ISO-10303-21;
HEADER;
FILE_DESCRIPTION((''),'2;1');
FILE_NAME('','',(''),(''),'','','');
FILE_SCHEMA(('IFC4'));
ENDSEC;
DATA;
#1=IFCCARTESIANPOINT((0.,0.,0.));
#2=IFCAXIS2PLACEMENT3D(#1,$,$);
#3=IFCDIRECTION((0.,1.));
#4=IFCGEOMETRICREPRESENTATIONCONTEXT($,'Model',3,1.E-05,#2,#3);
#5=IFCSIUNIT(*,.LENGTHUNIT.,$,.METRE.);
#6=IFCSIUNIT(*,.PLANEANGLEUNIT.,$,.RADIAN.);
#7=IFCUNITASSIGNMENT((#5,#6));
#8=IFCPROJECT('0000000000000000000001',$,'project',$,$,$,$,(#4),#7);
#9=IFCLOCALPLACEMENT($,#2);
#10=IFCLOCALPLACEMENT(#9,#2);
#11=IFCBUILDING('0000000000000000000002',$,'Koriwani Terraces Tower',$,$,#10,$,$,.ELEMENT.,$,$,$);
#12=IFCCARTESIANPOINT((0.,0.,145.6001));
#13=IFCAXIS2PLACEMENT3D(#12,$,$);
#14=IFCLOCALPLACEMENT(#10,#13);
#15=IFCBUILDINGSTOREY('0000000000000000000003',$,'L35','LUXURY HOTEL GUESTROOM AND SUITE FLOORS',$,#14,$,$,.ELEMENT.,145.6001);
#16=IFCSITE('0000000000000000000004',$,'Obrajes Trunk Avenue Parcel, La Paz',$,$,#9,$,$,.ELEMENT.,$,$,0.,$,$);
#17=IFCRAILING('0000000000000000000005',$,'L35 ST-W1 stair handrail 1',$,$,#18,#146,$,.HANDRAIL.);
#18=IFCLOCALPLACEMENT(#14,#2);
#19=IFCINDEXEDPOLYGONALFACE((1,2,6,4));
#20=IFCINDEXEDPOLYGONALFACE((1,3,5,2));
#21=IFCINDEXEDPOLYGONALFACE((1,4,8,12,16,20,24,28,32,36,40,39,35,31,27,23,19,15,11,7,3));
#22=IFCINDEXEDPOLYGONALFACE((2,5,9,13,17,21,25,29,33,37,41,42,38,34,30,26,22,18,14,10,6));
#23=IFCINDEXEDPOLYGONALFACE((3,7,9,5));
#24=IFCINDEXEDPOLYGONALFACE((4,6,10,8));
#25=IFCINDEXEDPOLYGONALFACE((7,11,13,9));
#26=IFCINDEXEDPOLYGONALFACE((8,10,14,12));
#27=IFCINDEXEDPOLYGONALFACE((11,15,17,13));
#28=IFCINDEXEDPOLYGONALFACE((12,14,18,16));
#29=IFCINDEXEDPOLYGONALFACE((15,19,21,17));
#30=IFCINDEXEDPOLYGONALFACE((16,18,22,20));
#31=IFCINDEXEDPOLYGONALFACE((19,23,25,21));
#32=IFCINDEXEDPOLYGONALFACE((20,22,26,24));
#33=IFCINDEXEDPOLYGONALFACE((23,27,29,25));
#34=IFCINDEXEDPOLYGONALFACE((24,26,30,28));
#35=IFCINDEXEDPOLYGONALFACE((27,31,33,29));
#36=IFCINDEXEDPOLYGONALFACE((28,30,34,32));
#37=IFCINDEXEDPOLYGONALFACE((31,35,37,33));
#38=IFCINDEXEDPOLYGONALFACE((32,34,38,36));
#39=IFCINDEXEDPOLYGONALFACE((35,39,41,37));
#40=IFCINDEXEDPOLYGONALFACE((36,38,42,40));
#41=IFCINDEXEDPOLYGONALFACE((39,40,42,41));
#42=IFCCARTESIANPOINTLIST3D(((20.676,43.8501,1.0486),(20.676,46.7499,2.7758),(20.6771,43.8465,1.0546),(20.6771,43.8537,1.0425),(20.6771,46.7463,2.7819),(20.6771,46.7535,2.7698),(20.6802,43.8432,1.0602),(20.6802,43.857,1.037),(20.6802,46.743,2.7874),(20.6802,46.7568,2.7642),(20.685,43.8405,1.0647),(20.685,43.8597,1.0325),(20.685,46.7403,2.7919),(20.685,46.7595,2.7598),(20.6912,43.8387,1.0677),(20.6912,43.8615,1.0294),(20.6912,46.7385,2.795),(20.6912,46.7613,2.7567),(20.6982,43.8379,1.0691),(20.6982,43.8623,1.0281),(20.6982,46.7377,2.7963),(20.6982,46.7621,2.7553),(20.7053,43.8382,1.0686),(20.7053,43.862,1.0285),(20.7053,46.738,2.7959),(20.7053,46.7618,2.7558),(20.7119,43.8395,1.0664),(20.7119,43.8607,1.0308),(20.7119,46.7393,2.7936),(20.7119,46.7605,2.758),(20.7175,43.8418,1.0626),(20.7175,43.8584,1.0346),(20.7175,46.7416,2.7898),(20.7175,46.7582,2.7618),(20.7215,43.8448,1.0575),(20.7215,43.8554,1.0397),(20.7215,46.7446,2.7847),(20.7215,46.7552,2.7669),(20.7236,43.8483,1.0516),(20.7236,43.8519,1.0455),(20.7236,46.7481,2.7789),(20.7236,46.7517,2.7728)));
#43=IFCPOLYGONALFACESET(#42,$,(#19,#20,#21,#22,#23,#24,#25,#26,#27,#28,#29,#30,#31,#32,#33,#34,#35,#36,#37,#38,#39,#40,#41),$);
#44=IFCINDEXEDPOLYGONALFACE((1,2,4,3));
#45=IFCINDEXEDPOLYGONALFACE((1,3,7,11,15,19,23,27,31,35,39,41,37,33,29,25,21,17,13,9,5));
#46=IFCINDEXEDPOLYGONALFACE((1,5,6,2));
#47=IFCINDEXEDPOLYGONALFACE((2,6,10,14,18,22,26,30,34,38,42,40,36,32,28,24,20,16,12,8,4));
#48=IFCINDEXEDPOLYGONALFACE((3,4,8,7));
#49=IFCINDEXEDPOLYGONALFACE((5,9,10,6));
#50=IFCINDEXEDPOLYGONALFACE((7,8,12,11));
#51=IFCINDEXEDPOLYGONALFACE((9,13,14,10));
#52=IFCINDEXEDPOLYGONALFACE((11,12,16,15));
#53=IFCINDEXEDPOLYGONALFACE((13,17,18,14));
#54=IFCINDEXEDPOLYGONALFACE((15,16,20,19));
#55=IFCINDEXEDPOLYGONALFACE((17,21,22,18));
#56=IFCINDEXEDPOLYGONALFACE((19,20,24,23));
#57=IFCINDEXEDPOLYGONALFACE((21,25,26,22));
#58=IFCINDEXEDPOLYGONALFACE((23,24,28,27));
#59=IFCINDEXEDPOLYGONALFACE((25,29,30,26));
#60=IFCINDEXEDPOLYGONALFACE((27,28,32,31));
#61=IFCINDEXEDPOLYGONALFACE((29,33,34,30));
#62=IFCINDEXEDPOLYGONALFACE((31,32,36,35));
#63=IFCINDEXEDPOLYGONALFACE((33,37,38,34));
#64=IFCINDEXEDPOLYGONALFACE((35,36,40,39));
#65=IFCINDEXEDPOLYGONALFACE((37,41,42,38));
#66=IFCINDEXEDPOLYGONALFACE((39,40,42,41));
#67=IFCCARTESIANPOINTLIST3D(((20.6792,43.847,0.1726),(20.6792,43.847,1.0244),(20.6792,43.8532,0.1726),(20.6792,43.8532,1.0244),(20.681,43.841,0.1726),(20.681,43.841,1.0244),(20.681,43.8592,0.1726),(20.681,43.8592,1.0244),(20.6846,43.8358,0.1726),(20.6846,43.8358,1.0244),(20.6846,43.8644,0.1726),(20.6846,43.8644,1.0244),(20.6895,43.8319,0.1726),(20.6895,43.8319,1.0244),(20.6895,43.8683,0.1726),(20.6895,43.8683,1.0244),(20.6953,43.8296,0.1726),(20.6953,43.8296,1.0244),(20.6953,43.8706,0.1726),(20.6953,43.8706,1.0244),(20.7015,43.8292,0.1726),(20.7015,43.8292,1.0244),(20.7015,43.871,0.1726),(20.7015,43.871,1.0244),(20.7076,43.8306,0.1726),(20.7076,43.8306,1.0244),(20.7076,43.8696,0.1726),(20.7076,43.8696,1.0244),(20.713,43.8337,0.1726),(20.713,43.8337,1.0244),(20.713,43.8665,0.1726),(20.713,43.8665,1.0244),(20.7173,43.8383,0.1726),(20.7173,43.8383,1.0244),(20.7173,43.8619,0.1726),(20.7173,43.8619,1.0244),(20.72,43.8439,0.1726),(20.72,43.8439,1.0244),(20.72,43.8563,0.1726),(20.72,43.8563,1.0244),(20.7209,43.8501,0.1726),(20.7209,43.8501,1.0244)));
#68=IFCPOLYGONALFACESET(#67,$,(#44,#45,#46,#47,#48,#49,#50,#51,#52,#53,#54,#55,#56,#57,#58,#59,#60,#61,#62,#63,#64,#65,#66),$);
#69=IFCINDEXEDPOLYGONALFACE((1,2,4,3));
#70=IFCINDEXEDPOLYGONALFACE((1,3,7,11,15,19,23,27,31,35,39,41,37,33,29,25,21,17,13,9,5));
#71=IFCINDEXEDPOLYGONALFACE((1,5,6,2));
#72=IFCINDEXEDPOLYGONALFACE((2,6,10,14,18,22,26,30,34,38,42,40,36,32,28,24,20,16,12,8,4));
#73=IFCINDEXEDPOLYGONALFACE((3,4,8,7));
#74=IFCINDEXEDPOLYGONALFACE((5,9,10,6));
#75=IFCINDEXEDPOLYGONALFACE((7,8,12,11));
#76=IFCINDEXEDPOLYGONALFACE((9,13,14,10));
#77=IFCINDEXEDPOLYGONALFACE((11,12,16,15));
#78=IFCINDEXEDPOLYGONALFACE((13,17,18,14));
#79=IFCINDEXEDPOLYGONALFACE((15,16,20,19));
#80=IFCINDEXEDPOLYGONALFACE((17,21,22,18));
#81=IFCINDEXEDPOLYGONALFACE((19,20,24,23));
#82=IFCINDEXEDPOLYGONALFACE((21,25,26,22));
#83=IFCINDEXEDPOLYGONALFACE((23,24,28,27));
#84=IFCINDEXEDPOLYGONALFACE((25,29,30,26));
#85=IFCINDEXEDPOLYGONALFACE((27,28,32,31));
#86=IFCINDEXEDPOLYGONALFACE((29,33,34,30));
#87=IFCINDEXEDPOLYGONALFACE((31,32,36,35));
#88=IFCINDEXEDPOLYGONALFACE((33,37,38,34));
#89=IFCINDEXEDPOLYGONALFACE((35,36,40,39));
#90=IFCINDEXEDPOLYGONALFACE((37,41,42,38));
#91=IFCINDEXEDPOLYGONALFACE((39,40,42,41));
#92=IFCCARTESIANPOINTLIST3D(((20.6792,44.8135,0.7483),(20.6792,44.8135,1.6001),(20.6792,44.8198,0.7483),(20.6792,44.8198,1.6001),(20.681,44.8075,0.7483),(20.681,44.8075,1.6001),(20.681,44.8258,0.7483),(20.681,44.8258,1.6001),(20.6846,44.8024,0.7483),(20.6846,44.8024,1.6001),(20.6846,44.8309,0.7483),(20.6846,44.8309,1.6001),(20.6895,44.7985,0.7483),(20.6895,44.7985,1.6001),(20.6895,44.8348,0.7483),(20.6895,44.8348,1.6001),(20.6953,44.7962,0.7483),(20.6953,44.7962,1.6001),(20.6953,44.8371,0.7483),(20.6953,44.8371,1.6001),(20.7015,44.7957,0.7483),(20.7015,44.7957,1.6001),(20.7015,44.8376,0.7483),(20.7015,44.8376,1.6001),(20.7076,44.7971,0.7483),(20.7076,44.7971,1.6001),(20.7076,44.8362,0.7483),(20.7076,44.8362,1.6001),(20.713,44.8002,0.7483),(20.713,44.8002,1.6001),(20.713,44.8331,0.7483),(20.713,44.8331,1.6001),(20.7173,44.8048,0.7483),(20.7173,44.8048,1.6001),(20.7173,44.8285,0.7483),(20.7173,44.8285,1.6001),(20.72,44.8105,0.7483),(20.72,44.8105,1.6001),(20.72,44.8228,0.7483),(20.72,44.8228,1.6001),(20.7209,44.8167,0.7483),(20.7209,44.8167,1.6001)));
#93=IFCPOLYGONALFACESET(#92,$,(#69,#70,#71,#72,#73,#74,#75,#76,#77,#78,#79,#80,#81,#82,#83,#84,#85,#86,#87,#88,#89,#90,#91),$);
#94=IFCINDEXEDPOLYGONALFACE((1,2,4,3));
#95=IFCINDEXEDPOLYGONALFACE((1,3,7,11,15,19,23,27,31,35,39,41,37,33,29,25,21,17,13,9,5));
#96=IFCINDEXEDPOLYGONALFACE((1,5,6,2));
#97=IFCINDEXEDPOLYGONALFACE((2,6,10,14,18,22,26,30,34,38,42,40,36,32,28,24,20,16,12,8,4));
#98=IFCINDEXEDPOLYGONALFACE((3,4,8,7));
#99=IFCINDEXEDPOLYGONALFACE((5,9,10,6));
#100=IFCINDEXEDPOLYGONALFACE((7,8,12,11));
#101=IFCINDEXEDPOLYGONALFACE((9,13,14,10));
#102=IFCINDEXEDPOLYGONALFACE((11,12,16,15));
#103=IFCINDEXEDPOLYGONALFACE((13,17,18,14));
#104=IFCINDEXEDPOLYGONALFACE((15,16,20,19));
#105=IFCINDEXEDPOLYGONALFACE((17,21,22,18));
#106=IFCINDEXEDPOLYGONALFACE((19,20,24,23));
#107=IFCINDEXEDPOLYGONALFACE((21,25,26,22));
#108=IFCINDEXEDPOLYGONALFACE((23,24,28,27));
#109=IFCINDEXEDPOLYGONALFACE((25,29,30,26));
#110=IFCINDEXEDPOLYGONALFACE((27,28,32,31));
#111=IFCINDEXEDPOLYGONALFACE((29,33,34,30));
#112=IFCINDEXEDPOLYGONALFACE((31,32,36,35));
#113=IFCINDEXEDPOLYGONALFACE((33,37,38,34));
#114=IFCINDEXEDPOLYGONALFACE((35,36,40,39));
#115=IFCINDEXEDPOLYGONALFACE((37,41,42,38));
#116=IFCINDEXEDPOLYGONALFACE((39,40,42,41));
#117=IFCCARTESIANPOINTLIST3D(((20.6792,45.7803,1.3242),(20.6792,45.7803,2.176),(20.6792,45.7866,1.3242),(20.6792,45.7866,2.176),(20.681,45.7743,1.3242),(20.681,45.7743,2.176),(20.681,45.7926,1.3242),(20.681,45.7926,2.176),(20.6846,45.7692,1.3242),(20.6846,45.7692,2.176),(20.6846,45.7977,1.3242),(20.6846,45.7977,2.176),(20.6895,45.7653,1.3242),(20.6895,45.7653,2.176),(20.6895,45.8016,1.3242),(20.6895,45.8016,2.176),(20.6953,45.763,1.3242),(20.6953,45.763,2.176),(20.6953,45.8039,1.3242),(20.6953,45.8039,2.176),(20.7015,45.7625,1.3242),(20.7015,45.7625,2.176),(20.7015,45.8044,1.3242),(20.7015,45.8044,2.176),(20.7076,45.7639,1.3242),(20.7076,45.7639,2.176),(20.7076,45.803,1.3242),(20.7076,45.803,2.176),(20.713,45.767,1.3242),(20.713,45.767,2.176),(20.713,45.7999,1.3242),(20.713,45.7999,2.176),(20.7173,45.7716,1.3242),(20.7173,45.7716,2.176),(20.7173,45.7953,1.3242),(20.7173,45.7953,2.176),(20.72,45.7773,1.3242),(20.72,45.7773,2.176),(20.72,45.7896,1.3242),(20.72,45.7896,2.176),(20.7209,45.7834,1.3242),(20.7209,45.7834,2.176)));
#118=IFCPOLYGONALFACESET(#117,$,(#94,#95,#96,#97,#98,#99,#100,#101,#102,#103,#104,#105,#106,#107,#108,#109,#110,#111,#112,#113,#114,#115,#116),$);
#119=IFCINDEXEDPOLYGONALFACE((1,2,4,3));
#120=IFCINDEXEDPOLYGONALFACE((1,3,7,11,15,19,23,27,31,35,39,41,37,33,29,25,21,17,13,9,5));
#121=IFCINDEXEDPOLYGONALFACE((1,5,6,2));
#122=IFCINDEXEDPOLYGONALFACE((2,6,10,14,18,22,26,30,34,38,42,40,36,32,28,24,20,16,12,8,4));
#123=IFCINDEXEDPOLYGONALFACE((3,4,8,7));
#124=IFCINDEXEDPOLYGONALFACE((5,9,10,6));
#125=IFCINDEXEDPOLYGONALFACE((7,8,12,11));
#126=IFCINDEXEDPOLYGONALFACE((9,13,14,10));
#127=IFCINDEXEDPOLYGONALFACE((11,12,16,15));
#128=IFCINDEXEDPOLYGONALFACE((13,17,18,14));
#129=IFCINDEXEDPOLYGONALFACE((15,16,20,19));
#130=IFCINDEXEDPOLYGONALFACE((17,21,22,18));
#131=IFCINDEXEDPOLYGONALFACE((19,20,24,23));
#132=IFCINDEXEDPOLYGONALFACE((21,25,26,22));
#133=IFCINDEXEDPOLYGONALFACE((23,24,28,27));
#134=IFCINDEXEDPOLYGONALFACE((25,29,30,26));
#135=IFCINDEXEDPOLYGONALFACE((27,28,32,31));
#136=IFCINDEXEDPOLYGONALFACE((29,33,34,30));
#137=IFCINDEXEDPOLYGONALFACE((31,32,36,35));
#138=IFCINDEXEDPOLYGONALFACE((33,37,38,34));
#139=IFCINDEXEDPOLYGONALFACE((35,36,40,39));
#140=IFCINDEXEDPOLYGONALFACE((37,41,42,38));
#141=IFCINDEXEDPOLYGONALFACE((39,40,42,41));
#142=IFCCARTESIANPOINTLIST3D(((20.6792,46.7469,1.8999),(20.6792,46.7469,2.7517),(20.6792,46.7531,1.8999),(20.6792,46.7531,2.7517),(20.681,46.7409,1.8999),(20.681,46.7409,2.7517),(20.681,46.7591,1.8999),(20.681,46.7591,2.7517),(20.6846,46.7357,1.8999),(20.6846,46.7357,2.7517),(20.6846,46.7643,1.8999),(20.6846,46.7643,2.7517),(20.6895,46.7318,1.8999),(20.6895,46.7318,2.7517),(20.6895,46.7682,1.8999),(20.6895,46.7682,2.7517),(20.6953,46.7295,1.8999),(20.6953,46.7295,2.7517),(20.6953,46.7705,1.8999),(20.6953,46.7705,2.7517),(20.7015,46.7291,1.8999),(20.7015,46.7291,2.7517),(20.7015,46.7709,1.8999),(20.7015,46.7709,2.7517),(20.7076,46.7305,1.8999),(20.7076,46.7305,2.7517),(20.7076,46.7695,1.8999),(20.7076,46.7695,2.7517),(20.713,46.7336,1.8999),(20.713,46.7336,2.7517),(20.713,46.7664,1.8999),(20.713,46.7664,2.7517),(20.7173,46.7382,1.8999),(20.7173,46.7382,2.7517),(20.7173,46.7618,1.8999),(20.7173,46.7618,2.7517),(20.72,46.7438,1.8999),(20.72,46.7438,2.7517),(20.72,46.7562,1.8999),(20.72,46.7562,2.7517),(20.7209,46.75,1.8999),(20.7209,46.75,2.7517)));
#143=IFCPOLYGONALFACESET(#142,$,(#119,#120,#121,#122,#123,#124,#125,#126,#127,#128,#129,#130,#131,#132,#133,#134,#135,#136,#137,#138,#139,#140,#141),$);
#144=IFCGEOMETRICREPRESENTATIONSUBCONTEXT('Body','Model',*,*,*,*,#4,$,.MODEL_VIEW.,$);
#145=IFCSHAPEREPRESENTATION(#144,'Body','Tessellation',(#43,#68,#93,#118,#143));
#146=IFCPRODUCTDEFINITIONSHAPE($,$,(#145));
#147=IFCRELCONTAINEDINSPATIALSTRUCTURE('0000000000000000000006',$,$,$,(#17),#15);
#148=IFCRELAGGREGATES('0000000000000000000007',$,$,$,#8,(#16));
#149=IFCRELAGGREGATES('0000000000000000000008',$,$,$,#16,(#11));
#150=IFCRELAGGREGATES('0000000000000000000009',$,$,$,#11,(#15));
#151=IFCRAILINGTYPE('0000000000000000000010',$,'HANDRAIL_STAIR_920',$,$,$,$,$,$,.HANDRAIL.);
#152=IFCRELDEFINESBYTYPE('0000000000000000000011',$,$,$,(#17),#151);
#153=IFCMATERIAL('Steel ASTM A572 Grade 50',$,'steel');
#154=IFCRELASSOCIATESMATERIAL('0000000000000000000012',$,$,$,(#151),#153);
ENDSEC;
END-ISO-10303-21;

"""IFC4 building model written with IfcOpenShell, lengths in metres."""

from ifc_helpers import new_model, si_unit, direction, frame, origin, origin_2d, place, context, subcontext, project, spatial, circle, extrude, material, type_object, element, save


model = new_model("IFC4")

# Units and contexts
model_context = context("Model", 3, precision=1e-05, world=origin(), true_north=direction((0.0, 1.0)))
body_context = subcontext(model_context, "Body", "Model", "MODEL_VIEW")
ifc_project = project(units=[si_unit("LENGTHUNIT", "METRE"), si_unit("PLANEANGLEUNIT", "RADIAN")], contexts=[model_context])

# Site, building, storey
site_placement = place(None, origin())
site = spatial("IfcSite", under=ifc_project, at=site_placement, Name="Obrajes Trunk Avenue Parcel, La Paz", CompositionType="ELEMENT", RefElevation=0.0)
building_placement = place(site_placement, origin())
building = spatial("IfcBuilding", under=site, at=building_placement, Name="Koriwani Terraces Tower", CompositionType="ELEMENT")
storey_placement = place(building_placement, frame((0.0, 0.0, 145.6001)))
storey = spatial("IfcBuildingStorey", under=building, at=storey_placement, Name="L35", Description="LUXURY HOTEL GUESTROOM AND SUITE FLOORS", CompositionType="ELEMENT", Elevation=145.6001)

# Shared definitions
ifc_material_1 = material(Name="Steel ASTM A572 Grade 50", Category="steel")

# Railing
railing_type_1 = type_object("IfcRailingType", Name="HANDRAIL_STAIR_920", PredefinedType="HANDRAIL", material=ifc_material_1)
railing_1_placement = place(storey_placement, frame((20.7, 43.8501, 0.1726)))
element("IfcRailing", 1, at=railing_1_placement, inside=storey, type_object=railing_type_1, Name="L35 ST-W1 stair handrail 1", PredefinedType="HANDRAIL", context=body_context, shape_type="SweptSolid", body=[
    extrude(circle(Radius=0.0239, at=origin_2d()), frame((0.0, 0.0, 0.876), z_axis=(0.0, 0.859141, 0.511738), x_axis=(-1.0, 0.0, 0.0)), (0.0, 0.0, 1.0), 3.3752),
    extrude(circle(Radius=0.021, at=origin_2d()), origin(), (0.0, 0.0, 1.0), 0.8518),
    extrude(circle(Radius=0.021, at=origin_2d()), frame((0.0, 0.9666, 0.5757)), (0.0, 0.0, 1.0), 0.8518),
    extrude(circle(Radius=0.021, at=origin_2d()), frame((0.0, 1.9333, 1.1516)), (0.0, 0.0, 1.0), 0.8518),
    extrude(circle(Radius=0.021, at=origin_2d()), frame((0.0, 2.8999, 1.7273)), (0.0, 0.0, 1.0), 0.8518),
])

save(model, "model.ifc")
